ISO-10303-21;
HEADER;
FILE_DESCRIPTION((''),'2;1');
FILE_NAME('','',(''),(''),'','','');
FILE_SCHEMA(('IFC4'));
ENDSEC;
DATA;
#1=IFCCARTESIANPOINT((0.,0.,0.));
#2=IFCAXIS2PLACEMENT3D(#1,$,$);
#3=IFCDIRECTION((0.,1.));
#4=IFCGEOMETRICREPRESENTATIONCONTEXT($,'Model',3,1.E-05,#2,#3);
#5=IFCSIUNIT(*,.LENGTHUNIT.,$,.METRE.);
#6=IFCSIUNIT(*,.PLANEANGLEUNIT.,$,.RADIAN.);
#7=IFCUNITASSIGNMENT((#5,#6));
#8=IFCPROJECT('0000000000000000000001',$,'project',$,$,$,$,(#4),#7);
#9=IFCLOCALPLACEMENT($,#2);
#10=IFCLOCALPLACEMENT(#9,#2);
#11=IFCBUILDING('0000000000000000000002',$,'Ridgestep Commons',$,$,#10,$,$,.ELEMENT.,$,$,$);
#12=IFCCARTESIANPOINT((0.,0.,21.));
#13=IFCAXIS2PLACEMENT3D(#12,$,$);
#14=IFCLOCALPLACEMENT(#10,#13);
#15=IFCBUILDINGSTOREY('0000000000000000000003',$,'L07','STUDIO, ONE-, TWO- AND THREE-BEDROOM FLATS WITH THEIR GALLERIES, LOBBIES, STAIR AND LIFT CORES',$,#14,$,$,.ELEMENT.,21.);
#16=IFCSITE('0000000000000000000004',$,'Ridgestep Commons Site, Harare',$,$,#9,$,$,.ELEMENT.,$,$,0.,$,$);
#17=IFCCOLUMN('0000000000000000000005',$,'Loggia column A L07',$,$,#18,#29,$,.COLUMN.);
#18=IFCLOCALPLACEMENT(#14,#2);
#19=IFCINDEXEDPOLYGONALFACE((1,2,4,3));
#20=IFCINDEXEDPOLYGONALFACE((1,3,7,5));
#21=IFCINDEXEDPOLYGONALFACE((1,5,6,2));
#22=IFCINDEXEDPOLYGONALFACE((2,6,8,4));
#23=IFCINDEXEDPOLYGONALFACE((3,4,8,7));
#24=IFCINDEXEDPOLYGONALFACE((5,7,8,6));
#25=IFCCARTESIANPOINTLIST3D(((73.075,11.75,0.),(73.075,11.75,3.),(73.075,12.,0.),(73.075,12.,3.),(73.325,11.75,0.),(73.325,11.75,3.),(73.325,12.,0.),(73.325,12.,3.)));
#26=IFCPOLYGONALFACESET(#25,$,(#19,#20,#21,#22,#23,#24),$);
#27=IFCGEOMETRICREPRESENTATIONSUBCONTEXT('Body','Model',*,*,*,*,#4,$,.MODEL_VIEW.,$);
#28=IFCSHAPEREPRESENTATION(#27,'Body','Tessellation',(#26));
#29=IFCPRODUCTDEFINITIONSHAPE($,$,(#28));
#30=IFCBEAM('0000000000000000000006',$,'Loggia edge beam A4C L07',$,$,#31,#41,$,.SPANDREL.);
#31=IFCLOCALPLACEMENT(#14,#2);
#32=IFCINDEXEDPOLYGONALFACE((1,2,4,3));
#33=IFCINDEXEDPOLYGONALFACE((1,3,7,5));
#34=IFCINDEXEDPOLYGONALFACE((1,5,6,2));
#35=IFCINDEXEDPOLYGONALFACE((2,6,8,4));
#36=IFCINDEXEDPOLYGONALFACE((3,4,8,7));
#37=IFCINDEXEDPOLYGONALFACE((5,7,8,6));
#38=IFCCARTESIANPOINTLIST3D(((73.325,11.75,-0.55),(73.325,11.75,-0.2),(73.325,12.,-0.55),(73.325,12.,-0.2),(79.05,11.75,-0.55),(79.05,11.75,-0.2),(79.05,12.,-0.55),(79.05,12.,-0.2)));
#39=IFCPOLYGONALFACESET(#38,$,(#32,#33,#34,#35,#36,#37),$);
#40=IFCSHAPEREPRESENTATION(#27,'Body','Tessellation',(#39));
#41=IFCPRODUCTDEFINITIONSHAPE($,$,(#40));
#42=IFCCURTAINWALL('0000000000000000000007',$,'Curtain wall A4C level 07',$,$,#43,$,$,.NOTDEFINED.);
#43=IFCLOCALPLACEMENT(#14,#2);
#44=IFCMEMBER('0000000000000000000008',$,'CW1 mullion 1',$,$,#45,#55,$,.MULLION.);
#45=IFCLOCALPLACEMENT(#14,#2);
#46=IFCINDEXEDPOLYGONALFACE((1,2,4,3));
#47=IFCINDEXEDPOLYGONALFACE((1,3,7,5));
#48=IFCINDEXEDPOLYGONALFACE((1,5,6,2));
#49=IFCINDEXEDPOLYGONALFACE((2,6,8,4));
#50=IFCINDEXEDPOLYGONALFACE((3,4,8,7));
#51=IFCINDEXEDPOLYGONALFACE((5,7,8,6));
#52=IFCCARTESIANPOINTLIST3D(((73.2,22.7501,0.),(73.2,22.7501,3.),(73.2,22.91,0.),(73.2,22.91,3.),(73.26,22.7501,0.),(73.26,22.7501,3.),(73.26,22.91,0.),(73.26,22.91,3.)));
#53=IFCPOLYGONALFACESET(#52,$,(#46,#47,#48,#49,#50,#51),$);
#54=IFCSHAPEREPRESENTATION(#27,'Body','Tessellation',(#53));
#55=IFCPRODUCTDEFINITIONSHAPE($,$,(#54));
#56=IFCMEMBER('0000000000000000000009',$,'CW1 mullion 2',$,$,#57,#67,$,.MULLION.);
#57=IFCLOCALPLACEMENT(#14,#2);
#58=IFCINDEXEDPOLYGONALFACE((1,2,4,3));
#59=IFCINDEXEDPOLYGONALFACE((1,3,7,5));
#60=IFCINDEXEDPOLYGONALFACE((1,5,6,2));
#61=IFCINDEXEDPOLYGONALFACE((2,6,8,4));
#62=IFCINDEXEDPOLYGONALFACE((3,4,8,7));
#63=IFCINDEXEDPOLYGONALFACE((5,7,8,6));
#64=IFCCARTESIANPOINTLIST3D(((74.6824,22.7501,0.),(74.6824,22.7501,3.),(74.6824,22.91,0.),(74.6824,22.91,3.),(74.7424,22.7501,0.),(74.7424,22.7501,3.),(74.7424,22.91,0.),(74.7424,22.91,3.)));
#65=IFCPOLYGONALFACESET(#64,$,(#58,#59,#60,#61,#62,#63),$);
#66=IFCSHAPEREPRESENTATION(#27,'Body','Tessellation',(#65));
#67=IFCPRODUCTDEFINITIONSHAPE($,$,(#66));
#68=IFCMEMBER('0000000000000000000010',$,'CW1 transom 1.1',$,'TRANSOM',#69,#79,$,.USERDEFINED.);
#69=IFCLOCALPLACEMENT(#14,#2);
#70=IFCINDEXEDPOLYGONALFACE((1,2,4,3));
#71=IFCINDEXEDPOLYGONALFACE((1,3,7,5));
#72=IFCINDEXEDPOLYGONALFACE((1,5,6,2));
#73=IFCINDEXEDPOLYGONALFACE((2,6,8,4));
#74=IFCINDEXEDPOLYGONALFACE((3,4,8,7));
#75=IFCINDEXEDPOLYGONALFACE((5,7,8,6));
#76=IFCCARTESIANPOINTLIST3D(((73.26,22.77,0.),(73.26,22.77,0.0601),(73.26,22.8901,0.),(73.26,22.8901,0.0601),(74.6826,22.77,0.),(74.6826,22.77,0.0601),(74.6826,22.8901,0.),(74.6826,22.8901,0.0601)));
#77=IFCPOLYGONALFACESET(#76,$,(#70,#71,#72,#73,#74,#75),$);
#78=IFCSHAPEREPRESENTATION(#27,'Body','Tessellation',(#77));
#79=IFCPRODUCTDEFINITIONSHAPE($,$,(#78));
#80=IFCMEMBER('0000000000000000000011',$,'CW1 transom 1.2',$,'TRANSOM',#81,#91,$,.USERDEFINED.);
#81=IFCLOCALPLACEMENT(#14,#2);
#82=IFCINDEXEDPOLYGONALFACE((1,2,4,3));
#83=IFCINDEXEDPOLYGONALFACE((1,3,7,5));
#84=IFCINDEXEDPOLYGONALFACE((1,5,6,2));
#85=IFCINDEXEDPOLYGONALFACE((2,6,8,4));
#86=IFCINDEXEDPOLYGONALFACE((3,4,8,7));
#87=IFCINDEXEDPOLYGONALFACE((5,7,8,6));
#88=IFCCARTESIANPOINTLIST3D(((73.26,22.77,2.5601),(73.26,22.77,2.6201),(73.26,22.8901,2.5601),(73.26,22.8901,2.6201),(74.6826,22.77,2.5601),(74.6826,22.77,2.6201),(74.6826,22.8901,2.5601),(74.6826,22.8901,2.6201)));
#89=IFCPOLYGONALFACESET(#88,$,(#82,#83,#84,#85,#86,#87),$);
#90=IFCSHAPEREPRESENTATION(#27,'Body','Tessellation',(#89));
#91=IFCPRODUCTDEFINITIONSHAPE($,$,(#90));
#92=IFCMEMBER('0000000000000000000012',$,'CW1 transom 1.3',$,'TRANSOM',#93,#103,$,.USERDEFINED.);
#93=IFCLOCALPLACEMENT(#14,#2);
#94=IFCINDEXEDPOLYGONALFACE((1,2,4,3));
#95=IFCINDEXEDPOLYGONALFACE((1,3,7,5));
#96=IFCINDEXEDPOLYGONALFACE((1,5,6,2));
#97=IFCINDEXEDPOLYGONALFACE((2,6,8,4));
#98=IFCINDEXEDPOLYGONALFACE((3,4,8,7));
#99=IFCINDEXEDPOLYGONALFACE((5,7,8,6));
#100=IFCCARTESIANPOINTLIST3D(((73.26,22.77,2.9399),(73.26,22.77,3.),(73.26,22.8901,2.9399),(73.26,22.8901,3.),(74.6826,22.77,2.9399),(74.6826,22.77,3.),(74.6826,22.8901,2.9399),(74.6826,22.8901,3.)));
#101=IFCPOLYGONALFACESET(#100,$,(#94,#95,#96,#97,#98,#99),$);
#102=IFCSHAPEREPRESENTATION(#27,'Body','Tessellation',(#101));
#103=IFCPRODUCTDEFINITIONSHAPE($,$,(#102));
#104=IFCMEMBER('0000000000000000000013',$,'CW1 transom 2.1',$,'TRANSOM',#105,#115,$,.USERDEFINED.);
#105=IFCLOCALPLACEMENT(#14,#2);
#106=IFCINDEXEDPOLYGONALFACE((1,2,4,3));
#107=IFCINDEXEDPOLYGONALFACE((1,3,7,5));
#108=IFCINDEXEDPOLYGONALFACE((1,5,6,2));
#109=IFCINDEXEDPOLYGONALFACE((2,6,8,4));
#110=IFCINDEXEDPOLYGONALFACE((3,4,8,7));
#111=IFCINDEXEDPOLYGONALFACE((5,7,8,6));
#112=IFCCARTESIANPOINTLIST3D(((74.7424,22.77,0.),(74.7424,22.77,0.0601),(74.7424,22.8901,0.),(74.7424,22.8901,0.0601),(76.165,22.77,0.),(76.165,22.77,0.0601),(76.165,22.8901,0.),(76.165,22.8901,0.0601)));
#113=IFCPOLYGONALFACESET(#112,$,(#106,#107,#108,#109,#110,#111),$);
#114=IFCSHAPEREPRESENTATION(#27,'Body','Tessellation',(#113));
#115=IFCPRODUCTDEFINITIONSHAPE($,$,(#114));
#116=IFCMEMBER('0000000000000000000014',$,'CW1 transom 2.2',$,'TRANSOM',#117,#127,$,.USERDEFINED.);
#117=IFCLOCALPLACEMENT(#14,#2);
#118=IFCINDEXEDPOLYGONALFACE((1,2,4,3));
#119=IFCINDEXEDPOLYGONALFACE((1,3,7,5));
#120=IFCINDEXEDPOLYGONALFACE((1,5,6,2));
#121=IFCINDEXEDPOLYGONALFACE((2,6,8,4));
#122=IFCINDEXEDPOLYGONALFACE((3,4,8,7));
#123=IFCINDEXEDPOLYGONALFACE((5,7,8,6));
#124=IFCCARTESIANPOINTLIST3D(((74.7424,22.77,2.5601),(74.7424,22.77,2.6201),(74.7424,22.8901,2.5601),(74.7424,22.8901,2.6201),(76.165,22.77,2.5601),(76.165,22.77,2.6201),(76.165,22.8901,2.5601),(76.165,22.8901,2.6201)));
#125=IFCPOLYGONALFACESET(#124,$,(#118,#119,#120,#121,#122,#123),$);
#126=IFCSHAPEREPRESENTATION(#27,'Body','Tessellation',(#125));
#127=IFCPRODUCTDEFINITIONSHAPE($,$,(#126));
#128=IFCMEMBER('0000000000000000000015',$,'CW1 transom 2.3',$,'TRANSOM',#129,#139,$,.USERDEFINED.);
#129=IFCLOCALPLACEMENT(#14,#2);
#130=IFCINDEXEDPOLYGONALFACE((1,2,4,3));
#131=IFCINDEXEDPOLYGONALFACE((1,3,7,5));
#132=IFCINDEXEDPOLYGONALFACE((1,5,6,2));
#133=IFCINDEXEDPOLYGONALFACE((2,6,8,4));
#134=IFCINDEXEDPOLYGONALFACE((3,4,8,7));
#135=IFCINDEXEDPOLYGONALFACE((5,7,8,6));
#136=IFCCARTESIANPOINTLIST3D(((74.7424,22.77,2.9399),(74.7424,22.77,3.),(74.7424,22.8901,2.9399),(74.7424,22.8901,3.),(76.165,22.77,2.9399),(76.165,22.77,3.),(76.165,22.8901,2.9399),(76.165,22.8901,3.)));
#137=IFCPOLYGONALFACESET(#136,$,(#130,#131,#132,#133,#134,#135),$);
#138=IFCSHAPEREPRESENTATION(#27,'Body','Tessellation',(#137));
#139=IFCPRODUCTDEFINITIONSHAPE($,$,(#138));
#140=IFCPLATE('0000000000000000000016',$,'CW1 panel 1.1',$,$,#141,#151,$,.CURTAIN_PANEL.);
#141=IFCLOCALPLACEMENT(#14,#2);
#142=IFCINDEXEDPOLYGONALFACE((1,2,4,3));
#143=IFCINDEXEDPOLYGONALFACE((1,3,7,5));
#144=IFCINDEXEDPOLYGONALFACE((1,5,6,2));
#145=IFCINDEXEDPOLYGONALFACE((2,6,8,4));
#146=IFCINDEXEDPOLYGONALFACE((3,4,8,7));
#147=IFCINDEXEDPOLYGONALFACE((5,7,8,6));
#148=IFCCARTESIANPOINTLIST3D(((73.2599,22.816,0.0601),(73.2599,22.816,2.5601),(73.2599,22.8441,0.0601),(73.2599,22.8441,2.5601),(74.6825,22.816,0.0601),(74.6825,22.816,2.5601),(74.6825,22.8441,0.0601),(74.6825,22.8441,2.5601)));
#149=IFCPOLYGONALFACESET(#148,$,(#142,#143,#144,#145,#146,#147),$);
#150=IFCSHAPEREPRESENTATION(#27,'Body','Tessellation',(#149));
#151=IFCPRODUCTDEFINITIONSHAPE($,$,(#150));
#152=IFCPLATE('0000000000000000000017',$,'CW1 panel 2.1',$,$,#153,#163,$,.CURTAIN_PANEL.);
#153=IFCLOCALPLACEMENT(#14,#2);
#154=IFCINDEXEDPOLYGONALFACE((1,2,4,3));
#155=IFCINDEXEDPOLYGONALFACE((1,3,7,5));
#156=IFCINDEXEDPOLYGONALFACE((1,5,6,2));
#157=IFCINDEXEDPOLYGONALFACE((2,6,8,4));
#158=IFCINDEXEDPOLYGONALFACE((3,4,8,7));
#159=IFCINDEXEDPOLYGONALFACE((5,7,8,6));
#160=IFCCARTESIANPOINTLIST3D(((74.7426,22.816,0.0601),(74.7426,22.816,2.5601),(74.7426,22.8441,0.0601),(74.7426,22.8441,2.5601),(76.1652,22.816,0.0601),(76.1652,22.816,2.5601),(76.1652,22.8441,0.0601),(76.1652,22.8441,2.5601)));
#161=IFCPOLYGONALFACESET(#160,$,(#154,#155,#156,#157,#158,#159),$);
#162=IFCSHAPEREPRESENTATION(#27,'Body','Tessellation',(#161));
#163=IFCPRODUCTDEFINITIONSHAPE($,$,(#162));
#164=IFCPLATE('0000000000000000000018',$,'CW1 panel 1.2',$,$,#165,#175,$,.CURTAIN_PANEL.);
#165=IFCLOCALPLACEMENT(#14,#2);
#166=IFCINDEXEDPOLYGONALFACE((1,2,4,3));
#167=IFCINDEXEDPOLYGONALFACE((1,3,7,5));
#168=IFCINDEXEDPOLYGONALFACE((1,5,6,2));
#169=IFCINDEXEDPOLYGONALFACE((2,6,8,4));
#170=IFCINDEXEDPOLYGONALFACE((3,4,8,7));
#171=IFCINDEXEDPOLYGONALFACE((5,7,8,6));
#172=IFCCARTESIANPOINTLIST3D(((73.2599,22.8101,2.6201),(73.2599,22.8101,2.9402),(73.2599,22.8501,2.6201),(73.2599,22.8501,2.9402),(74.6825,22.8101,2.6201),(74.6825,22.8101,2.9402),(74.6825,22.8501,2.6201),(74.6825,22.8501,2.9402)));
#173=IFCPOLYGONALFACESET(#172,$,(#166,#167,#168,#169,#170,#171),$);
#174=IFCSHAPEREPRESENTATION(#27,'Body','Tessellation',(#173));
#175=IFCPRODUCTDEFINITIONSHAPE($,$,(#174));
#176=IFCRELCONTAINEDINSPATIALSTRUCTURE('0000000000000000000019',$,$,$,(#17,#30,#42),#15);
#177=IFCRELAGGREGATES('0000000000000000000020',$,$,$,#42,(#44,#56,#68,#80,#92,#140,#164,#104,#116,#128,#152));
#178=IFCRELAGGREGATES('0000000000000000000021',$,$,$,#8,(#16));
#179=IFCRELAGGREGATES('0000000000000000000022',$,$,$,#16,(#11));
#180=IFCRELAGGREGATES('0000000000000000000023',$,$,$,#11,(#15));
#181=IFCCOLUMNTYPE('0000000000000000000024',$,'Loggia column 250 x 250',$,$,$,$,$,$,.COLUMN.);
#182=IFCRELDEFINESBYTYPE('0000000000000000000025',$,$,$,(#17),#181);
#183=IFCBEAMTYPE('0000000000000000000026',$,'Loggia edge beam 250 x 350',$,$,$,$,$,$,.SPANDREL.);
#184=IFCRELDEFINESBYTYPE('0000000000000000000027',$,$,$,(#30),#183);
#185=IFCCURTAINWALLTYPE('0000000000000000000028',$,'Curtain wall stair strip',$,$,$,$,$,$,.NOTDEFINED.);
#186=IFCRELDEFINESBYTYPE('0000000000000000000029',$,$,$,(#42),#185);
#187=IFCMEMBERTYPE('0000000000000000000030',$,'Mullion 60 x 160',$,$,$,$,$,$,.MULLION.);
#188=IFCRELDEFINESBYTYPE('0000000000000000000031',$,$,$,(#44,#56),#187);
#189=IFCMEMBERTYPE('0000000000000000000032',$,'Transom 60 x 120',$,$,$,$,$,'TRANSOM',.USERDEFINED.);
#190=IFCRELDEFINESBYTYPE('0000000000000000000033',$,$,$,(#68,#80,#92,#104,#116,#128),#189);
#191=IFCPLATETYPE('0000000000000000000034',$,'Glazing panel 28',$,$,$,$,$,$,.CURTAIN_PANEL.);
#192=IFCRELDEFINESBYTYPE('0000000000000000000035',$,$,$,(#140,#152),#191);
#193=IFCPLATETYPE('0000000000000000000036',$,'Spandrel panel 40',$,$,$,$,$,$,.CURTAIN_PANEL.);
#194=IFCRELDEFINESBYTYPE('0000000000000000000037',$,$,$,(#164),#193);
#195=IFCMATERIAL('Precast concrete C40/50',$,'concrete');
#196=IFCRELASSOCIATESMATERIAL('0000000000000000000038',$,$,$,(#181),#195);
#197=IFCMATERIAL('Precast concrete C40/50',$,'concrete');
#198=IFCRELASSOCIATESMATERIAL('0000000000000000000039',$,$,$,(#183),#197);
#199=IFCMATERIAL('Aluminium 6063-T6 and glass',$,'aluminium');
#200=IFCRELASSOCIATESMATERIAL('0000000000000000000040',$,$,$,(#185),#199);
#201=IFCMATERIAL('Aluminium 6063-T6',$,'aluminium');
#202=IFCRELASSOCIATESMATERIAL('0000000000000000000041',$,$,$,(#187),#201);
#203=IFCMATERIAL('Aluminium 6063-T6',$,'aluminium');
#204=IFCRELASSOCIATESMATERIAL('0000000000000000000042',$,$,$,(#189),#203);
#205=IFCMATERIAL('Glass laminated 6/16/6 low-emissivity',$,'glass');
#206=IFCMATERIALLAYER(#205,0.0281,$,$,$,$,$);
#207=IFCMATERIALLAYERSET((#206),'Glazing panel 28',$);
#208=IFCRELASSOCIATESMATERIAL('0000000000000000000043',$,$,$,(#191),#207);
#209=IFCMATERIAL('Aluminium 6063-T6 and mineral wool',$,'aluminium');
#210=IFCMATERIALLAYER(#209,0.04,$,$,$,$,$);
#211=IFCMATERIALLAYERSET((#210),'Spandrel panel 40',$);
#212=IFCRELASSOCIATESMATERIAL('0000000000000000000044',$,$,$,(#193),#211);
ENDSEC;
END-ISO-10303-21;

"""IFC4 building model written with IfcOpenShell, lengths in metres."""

from ifc_helpers import new_model, si_unit, direction, frame, origin, origin_2d, place, context, subcontext, project, spatial, rectangle, extrude, material, layer, layer_set, material_profile, profile_set, type_object, element, aggregate, save


model = new_model("IFC4")

# Units and contexts
model_context = context("Model", 3, precision=1e-05, world=origin(), true_north=direction((0.0, 1.0)))
body_context = subcontext(model_context, "Body", "Model", "MODEL_VIEW")
ifc_project = project(units=[si_unit("LENGTHUNIT", "METRE"), si_unit("PLANEANGLEUNIT", "RADIAN")], contexts=[model_context])

# Site, building, storey
site_placement = place(None, origin())
site = spatial("IfcSite", under=ifc_project, at=site_placement, Name="Ridgestep Commons Site, Harare", CompositionType="ELEMENT", RefElevation=0.0)
building_placement = place(site_placement, origin())
building = spatial("IfcBuilding", under=site, at=building_placement, Name="Ridgestep Commons", CompositionType="ELEMENT")
storey_placement = place(building_placement, frame((0.0, 0.0, 21.0)))
storey = spatial("IfcBuildingStorey", under=building, at=storey_placement, Name="L07", Description="STUDIO, ONE-, TWO- AND THREE-BEDROOM FLATS WITH THEIR GALLERIES, LOBBIES, STAIR AND LIFT CORES", CompositionType="ELEMENT", Elevation=21.0)

# Column
ifc_material_1 = material(Name="Precast concrete C40/50", Category="concrete")
ifc_material_profile_1 = material_profile(ifc_material_1, rectangle(XDim=0.25, YDim=0.25, at=origin_2d()), Name="PC 250x250")
ifc_profile_set_1 = profile_set([ifc_material_profile_1], Name="Precast concrete C40/50")
column_type = type_object("IfcColumnType", Name="Loggia column 250 x 250", PredefinedType="COLUMN", material=ifc_profile_set_1)
column_placement = place(storey_placement, frame((73.2, 11.875, 0.0), z_axis=(0.0, 0.0, 1.0), x_axis=(1.0, 0.0, 0.0)))
element("IfcColumn", 1, at=column_placement, inside=storey, type_object=column_type, Name="Loggia column A L07", PredefinedType="COLUMN", context=body_context, shape_type="SweptSolid", body=[
    extrude(rectangle(XDim=0.25, YDim=0.25, at=origin_2d()), origin(), (0.0, 0.0, 1.0), 3.0),
])

# Beam
ifc_material_2 = material(Name="Precast concrete C40/50", Category="concrete")
ifc_material_profile_2 = material_profile(ifc_material_2, rectangle(XDim=0.25, YDim=0.3501, at=origin_2d()), Name="PC 250x350")
ifc_profile_set_2 = profile_set([ifc_material_profile_2], Name="Precast concrete C40/50")
beam_type = type_object("IfcBeamType", Name="Loggia edge beam 250 x 350", PredefinedType="SPANDREL", material=ifc_profile_set_2)
beam_placement = place(storey_placement, frame((73.325, 11.875, -0.375), z_axis=(1.0, 0.0, 0.0), x_axis=(0.0, 1.0, 0.0)))
element("IfcBeam", 2, at=beam_placement, inside=storey, type_object=beam_type, Name="Loggia edge beam A4C L07", PredefinedType="SPANDREL", context=body_context, shape_type="SweptSolid", body=[
    extrude(rectangle(XDim=0.25, YDim=0.3501, at=origin_2d()), origin(), (0.0, 0.0, 1.0), 5.7251),
])

# Curtain wall, members, plates
ifc_material_3 = material(Name="Aluminium 6063-T6 and glass", Category="aluminium")
curtain_wall_type = type_object("IfcCurtainWallType", Name="Curtain wall stair strip", PredefinedType="NOTDEFINED", material=ifc_material_3)
curtain_wall_placement = place(storey_placement, origin())
curtain_wall = element("IfcCurtainWall", 3, at=curtain_wall_placement, inside=storey, type_object=curtain_wall_type, Name="Curtain wall A4C level 07", PredefinedType="NOTDEFINED")
ifc_material_4 = material(Name="Aluminium 6063-T6", Category="aluminium")
ifc_material_profile_3 = material_profile(ifc_material_4, rectangle(XDim=0.1599, YDim=0.0601, at=origin_2d()), Name="Mullion 60 x 160")
ifc_profile_set_3 = profile_set([ifc_material_profile_3], Name="Aluminium 6063-T6")
member_type_1 = type_object("IfcMemberType", Name="Mullion 60 x 160", PredefinedType="MULLION", material=ifc_profile_set_3)
member_1_placement = place(storey_placement, frame((73.23, 22.8301, 0.0), z_axis=(0.0, 0.0, 1.0), x_axis=(0.0, 1.0, 0.0)))
member_1 = element("IfcMember", 4, at=member_1_placement, type_object=member_type_1, Name="CW1 mullion 1", PredefinedType="MULLION", context=body_context, shape_type="SweptSolid", body=[
    extrude(rectangle(XDim=0.1599, YDim=0.0601, at=origin_2d()), origin(), (0.0, 0.0, 1.0), 3.0),
])
member_2_placement = place(storey_placement, frame((74.7124, 22.8301, 0.0), z_axis=(0.0, 0.0, 1.0), x_axis=(0.0, 1.0, 0.0)))
member_2 = element("IfcMember", 5, at=member_2_placement, type_object=member_type_1, Name="CW1 mullion 2", PredefinedType="MULLION", context=body_context, shape_type="SweptSolid", body=[
    extrude(rectangle(XDim=0.1599, YDim=0.0601, at=origin_2d()), origin(), (0.0, 0.0, 1.0), 3.0),
])
ifc_material_5 = material(Name="Aluminium 6063-T6", Category="aluminium")
ifc_material_profile_4 = material_profile(ifc_material_5, rectangle(XDim=0.1201, YDim=0.0601, at=origin_2d()), Name="Transom 60 x 120")
ifc_profile_set_4 = profile_set([ifc_material_profile_4], Name="Aluminium 6063-T6")
member_type_2 = type_object("IfcMemberType", Name="Transom 60 x 120", ElementType="TRANSOM", PredefinedType="USERDEFINED", material=ifc_profile_set_4)
member_3_placement = place(storey_placement, frame((73.26, 22.8301, 0.03), z_axis=(1.0, 0.0, 0.0), x_axis=(0.0, 1.0, 0.0)))
member_3 = element("IfcMember", 6, at=member_3_placement, type_object=member_type_2, Name="CW1 transom 1.1", ObjectType="TRANSOM", PredefinedType="USERDEFINED", context=body_context, shape_type="SweptSolid", body=[
    extrude(rectangle(XDim=0.1201, YDim=0.0601, at=origin_2d()), origin(), (0.0, 0.0, 1.0), 1.4226),
])
member_4_placement = place(storey_placement, frame((73.26, 22.8301, 2.5901), z_axis=(1.0, 0.0, 0.0), x_axis=(0.0, 1.0, 0.0)))
member_4 = element("IfcMember", 7, at=member_4_placement, type_object=member_type_2, Name="CW1 transom 1.2", ObjectType="TRANSOM", PredefinedType="USERDEFINED", context=body_context, shape_type="SweptSolid", body=[
    extrude(rectangle(XDim=0.1201, YDim=0.0601, at=origin_2d()), origin(), (0.0, 0.0, 1.0), 1.4226),
])
member_5_placement = place(storey_placement, frame((73.26, 22.8301, 2.97), z_axis=(1.0, 0.0, 0.0), x_axis=(0.0, 1.0, 0.0)))
member_5 = element("IfcMember", 8, at=member_5_placement, type_object=member_type_2, Name="CW1 transom 1.3", ObjectType="TRANSOM", PredefinedType="USERDEFINED", context=body_context, shape_type="SweptSolid", body=[
    extrude(rectangle(XDim=0.1201, YDim=0.0601, at=origin_2d()), origin(), (0.0, 0.0, 1.0), 1.4226),
])
member_6_placement = place(storey_placement, frame((74.7424, 22.8301, 0.03), z_axis=(1.0, 0.0, 0.0), x_axis=(0.0, 1.0, 0.0)))
member_6 = element("IfcMember", 9, at=member_6_placement, type_object=member_type_2, Name="CW1 transom 2.1", ObjectType="TRANSOM", PredefinedType="USERDEFINED", context=body_context, shape_type="SweptSolid", body=[
    extrude(rectangle(XDim=0.1201, YDim=0.0601, at=origin_2d()), origin(), (0.0, 0.0, 1.0), 1.4226),
])
member_7_placement = place(storey_placement, frame((74.7424, 22.8301, 2.5901), z_axis=(1.0, 0.0, 0.0), x_axis=(0.0, 1.0, 0.0)))
member_7 = element("IfcMember", 10, at=member_7_placement, type_object=member_type_2, Name="CW1 transom 2.2", ObjectType="TRANSOM", PredefinedType="USERDEFINED", context=body_context, shape_type="SweptSolid", body=[
    extrude(rectangle(XDim=0.1201, YDim=0.0601, at=origin_2d()), origin(), (0.0, 0.0, 1.0), 1.4226),
])
member_8_placement = place(storey_placement, frame((74.7424, 22.8301, 2.97), z_axis=(1.0, 0.0, 0.0), x_axis=(0.0, 1.0, 0.0)))
member_8 = element("IfcMember", 11, at=member_8_placement, type_object=member_type_2, Name="CW1 transom 2.3", ObjectType="TRANSOM", PredefinedType="USERDEFINED", context=body_context, shape_type="SweptSolid", body=[
    extrude(rectangle(XDim=0.1201, YDim=0.0601, at=origin_2d()), origin(), (0.0, 0.0, 1.0), 1.4226),
])
ifc_material_6 = material(Name="Glass laminated 6/16/6 low-emissivity", Category="glass")
ifc_layer_1 = layer(ifc_material_6, 0.0281)
ifc_layer_set_1 = layer_set([ifc_layer_1], Name="Glazing panel 28")
plate_type_1 = type_object("IfcPlateType", Name="Glazing panel 28", PredefinedType="CURTAIN_PANEL", material=ifc_layer_set_1)
plate_1_placement = place(storey_placement, frame((73.9712, 22.8301, 0.0601), z_axis=(0.0, 0.0, 1.0), x_axis=(1.0, 0.0, 0.0)))
plate_1 = element("IfcPlate", 12, at=plate_1_placement, type_object=plate_type_1, Name="CW1 panel 1.1", PredefinedType="CURTAIN_PANEL", context=body_context, shape_type="SweptSolid", body=[
    extrude(rectangle(XDim=1.4226, YDim=0.0281, at=origin_2d()), origin(), (0.0, 0.0, 1.0), 2.5),
])
plate_2_placement = place(storey_placement, frame((75.4539, 22.8301, 0.0601), z_axis=(0.0, 0.0, 1.0), x_axis=(1.0, 0.0, 0.0)))
plate_2 = element("IfcPlate", 13, at=plate_2_placement, type_object=plate_type_1, Name="CW1 panel 2.1", PredefinedType="CURTAIN_PANEL", context=body_context, shape_type="SweptSolid", body=[
    extrude(rectangle(XDim=1.4226, YDim=0.0281, at=origin_2d()), origin(), (0.0, 0.0, 1.0), 2.5),
])
ifc_material_7 = material(Name="Aluminium 6063-T6 and mineral wool", Category="aluminium")
ifc_layer_2 = layer(ifc_material_7, 0.04)
ifc_layer_set_2 = layer_set([ifc_layer_2], Name="Spandrel panel 40")
plate_type_2 = type_object("IfcPlateType", Name="Spandrel panel 40", PredefinedType="CURTAIN_PANEL", material=ifc_layer_set_2)
plate_3_placement = place(storey_placement, frame((73.9712, 22.8301, 2.6201), z_axis=(0.0, 0.0, 1.0), x_axis=(1.0, 0.0, 0.0)))
plate_3 = element("IfcPlate", 14, at=plate_3_placement, type_object=plate_type_2, Name="CW1 panel 1.2", PredefinedType="CURTAIN_PANEL", context=body_context, shape_type="SweptSolid", body=[
    extrude(rectangle(XDim=1.4226, YDim=0.04, at=origin_2d()), origin(), (0.0, 0.0, 1.0), 0.3201),
])
aggregate(curtain_wall, [member_1, member_2, member_3, member_4, member_5, plate_1, plate_3, member_6, member_7, member_8, plate_2])

save(model, "model.ifc")
